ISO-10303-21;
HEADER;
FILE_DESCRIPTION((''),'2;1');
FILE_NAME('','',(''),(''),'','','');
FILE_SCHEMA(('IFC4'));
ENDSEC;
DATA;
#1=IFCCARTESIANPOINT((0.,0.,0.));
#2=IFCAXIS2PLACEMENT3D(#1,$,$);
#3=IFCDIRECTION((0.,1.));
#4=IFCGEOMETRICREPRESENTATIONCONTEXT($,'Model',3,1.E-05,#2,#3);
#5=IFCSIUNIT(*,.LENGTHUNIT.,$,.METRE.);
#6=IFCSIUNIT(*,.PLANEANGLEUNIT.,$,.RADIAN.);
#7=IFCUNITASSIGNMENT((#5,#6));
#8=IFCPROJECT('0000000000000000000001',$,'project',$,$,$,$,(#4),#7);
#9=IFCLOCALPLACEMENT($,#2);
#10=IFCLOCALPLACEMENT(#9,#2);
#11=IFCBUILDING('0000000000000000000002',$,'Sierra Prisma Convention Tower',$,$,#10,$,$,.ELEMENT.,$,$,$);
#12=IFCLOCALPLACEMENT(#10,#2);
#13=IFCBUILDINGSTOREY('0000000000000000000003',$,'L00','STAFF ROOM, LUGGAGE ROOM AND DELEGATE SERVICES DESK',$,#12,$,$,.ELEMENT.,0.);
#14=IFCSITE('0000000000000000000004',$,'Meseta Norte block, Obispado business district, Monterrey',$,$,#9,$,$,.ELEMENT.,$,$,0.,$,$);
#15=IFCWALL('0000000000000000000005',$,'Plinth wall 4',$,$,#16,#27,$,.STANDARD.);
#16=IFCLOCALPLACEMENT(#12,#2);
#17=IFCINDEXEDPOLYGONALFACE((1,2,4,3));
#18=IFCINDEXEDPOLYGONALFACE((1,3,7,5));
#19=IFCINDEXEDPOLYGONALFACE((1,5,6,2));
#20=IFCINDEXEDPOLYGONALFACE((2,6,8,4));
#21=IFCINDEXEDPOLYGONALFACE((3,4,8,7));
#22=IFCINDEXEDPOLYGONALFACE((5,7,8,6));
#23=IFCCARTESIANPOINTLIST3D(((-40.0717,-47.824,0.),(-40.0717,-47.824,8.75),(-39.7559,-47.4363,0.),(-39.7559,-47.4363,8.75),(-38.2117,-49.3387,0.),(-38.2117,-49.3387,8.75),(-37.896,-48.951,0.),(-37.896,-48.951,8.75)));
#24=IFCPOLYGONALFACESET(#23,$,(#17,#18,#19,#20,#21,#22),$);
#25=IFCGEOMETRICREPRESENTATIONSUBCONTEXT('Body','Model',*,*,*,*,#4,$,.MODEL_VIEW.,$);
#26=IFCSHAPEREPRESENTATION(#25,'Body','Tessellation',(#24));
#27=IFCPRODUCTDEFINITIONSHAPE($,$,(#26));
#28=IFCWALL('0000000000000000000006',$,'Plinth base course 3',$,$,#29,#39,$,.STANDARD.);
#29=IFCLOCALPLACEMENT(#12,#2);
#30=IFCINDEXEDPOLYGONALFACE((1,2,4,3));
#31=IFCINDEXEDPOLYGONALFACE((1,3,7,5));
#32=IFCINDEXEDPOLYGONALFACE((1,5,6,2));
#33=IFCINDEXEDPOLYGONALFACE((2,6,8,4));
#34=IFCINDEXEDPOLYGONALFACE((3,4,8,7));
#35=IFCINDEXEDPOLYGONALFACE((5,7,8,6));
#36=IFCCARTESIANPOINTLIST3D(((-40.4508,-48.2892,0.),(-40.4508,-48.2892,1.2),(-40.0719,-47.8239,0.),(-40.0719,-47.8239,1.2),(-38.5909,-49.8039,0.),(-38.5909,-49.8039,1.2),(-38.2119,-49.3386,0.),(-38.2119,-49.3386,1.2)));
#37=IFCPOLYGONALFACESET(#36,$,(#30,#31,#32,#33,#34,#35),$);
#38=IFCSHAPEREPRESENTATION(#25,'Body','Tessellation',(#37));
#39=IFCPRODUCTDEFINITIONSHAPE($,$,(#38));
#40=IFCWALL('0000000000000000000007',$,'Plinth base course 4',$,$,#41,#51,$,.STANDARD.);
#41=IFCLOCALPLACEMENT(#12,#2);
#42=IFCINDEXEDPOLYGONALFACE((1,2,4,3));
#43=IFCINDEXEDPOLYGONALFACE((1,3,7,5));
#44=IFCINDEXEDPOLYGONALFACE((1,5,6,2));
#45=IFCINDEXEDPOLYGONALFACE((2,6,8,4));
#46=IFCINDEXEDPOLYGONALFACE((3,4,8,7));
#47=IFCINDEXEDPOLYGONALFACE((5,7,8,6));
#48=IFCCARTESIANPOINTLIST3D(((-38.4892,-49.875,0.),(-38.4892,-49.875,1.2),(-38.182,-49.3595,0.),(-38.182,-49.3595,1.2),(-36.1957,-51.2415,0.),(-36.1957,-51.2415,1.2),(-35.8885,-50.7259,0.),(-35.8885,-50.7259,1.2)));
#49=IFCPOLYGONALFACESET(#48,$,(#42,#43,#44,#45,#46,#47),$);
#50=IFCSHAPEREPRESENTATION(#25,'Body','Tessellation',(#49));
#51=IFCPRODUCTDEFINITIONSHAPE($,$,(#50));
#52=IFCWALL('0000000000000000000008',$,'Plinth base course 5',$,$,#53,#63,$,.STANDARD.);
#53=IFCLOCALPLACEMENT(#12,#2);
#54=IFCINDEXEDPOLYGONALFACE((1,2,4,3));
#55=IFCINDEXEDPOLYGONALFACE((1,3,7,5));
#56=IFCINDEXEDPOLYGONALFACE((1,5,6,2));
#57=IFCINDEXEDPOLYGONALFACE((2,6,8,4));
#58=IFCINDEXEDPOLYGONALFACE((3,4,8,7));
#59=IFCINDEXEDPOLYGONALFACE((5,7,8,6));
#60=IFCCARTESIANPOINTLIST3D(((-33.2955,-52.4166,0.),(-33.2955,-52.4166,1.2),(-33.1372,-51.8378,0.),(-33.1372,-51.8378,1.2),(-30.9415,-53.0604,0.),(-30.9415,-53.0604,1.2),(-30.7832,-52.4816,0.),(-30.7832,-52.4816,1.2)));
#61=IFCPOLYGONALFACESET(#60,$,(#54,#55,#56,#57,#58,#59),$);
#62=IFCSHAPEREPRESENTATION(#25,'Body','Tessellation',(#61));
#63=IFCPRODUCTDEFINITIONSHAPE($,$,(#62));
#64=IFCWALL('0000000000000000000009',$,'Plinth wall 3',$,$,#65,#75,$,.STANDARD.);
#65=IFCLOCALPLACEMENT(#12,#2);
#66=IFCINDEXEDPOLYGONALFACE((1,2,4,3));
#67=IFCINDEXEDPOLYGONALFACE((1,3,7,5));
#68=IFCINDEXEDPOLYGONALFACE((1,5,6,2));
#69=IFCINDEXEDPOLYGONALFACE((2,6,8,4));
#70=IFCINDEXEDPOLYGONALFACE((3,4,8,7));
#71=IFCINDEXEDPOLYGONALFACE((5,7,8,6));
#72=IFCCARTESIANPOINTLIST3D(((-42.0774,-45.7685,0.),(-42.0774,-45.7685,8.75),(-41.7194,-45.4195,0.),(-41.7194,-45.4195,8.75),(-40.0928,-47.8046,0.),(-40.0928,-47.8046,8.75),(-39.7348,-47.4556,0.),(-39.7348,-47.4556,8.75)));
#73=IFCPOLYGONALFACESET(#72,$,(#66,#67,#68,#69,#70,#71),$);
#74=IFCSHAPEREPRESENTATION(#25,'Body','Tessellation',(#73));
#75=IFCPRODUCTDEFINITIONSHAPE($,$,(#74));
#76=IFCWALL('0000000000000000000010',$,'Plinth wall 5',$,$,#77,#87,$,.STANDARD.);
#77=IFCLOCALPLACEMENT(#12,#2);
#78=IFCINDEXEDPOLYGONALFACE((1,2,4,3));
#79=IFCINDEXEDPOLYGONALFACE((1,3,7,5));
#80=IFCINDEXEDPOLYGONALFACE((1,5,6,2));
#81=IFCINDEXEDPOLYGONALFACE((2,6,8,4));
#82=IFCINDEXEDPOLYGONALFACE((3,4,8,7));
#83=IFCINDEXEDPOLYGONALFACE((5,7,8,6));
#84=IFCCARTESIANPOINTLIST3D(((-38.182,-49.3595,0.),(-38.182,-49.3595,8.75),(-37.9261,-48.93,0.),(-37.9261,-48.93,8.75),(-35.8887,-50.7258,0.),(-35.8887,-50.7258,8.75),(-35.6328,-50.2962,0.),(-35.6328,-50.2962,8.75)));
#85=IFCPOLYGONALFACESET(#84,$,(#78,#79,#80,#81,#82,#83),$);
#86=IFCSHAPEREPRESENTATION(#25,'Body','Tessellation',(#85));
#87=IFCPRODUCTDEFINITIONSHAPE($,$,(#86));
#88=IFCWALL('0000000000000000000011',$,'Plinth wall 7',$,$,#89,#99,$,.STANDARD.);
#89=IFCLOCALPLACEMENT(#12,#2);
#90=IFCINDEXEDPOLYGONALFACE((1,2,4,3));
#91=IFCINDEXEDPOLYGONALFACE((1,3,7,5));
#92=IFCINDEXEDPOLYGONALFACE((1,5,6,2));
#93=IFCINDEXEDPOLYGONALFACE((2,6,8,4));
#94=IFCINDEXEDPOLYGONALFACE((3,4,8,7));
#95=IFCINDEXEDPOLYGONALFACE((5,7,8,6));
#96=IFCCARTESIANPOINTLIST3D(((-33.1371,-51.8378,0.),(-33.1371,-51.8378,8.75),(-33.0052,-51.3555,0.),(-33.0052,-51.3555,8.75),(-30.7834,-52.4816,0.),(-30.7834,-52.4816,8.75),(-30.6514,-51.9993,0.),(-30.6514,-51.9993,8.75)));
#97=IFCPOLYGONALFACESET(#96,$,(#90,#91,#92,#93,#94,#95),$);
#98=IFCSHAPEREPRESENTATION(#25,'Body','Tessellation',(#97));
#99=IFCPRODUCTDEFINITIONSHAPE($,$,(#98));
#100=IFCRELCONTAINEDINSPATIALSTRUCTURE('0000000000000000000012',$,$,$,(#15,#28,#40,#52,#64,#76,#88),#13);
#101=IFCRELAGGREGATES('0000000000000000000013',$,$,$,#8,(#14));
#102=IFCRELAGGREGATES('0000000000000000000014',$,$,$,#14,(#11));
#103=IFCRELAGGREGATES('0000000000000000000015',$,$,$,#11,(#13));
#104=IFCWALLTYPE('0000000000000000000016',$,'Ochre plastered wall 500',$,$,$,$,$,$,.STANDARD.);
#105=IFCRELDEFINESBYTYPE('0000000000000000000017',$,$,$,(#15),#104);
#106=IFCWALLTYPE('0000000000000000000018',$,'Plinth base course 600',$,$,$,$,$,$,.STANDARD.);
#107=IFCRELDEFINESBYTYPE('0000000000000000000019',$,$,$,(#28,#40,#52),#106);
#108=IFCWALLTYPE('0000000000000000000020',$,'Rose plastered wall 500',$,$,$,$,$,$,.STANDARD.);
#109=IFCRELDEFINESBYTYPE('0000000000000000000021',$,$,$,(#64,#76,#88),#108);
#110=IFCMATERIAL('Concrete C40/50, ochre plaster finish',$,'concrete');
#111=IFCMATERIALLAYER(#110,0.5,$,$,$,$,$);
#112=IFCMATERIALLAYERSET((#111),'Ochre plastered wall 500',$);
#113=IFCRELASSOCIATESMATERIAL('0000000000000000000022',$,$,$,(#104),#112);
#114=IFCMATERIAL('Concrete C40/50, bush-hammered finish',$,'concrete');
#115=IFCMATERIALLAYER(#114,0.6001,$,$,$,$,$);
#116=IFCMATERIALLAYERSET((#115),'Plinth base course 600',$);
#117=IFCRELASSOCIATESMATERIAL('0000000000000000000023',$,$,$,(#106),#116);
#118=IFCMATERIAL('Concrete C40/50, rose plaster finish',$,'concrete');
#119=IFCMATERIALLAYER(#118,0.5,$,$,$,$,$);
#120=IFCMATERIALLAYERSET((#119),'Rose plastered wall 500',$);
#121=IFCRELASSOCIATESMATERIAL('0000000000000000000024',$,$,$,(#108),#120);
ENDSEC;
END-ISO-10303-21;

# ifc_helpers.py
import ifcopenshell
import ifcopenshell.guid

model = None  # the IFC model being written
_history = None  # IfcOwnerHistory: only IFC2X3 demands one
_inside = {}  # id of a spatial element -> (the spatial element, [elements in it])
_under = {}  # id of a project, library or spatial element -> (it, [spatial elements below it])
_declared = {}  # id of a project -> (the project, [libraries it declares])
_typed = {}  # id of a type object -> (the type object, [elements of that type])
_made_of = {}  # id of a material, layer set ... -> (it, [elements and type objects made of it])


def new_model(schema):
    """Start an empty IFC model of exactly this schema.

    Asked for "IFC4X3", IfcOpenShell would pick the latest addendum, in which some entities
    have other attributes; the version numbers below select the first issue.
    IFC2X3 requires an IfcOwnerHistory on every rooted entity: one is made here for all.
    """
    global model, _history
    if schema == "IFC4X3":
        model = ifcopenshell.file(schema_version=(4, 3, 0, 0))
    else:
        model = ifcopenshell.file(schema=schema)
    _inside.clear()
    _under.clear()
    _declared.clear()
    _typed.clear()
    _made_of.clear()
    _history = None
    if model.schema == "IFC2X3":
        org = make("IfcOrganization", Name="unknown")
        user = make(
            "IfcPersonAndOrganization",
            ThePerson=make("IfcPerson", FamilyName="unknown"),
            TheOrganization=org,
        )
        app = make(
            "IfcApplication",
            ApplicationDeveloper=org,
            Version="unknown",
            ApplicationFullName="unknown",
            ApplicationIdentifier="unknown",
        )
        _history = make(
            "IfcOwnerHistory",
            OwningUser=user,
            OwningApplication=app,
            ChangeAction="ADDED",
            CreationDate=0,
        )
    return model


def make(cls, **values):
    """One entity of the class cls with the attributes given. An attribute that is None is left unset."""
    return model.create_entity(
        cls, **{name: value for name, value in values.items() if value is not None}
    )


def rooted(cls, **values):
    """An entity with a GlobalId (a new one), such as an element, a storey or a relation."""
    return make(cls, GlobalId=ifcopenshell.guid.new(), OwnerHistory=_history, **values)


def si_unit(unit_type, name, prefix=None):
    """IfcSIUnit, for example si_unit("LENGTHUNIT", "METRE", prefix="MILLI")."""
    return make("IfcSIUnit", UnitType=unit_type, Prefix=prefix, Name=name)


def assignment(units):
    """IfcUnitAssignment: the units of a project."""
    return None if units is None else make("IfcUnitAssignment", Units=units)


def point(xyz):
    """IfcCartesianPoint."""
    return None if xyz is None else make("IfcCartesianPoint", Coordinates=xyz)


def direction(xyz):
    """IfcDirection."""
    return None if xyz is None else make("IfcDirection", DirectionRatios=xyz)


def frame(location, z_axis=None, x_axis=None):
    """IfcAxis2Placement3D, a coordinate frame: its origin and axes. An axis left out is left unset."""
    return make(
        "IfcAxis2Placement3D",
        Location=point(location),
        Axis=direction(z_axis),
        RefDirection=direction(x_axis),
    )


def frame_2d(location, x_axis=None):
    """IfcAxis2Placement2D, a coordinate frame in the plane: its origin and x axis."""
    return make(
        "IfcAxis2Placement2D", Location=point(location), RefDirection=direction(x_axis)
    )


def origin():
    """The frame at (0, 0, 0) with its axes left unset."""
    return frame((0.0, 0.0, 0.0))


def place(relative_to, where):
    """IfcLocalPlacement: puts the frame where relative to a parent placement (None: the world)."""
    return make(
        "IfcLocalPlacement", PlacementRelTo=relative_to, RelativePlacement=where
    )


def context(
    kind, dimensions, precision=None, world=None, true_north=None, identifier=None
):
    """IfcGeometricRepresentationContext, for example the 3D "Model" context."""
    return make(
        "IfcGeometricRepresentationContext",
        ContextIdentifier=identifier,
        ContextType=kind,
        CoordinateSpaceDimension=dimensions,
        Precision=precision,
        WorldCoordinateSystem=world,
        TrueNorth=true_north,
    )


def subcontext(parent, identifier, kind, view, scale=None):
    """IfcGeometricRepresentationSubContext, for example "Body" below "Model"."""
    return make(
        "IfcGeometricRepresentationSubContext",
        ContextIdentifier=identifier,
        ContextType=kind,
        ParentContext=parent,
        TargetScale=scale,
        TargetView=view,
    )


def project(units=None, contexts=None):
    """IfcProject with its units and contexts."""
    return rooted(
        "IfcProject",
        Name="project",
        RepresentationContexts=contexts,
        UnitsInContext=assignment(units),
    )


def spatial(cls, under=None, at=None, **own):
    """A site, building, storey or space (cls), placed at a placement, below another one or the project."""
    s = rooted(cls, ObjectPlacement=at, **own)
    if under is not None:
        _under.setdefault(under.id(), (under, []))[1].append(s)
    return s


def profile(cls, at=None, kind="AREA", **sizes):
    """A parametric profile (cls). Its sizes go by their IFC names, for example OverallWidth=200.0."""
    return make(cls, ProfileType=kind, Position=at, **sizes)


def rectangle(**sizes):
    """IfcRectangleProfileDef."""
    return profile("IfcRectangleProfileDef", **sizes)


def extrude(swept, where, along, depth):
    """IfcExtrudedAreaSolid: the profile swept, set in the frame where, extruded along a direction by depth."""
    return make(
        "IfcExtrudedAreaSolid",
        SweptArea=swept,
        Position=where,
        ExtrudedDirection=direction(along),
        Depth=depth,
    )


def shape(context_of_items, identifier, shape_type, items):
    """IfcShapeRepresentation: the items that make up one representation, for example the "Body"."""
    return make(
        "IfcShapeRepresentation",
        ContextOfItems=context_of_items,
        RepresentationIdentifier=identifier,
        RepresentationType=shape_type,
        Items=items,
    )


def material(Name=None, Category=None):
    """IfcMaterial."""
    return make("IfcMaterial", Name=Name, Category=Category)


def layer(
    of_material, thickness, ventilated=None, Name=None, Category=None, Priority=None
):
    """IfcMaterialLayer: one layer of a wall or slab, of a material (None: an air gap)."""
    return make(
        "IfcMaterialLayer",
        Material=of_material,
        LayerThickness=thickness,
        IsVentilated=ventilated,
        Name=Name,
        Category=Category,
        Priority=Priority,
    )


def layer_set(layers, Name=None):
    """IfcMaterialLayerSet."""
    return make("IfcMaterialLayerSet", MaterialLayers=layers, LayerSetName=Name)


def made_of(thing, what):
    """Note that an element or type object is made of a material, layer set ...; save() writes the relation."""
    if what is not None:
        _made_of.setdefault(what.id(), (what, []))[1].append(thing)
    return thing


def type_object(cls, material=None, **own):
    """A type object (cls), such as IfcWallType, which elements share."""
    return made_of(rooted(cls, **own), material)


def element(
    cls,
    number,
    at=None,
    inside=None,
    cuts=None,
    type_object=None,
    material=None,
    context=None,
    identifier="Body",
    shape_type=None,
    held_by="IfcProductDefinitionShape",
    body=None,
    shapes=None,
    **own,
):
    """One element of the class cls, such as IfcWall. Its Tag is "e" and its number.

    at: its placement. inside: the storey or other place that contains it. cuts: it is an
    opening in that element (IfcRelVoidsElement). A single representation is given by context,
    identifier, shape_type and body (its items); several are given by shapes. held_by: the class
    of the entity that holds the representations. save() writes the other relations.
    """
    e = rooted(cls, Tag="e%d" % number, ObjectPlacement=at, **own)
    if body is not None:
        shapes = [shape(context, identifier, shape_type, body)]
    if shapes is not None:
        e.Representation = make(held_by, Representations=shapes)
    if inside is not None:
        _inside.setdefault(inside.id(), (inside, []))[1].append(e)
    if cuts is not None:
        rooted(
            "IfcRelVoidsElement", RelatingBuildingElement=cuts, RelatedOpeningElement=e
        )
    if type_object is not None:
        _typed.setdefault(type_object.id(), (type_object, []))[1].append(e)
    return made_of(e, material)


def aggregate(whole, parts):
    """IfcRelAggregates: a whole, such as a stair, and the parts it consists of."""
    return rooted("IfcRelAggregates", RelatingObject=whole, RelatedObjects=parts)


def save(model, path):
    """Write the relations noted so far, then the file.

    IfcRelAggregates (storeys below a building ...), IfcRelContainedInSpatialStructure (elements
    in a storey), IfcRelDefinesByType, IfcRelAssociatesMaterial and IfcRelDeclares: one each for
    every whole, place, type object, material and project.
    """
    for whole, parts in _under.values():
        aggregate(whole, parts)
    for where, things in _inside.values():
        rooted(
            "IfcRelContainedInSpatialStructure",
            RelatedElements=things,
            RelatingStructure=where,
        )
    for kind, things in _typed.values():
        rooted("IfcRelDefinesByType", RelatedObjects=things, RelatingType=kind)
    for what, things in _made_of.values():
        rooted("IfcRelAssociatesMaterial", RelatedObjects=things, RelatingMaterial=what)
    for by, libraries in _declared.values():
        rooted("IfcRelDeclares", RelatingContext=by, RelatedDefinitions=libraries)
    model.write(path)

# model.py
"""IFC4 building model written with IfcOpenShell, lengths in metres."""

from ifc_helpers import new_model, si_unit, direction, frame, frame_2d, origin, place, context, subcontext, project, spatial, rectangle, extrude, material, layer, layer_set, type_object, element, save


model = new_model("IFC4")

# Units and contexts
model_context = context("Model", 3, precision=1e-05, world=origin(), true_north=direction((0.0, 1.0)))
body_context = subcontext(model_context, "Body", "Model", "MODEL_VIEW")
ifc_project = project(units=[si_unit("LENGTHUNIT", "METRE"), si_unit("PLANEANGLEUNIT", "RADIAN")], contexts=[model_context])

# Site, building, storey
site_placement = place(None, origin())
site = spatial("IfcSite", under=ifc_project, at=site_placement, Name="Meseta Norte block, Obispado business district, Monterrey", CompositionType="ELEMENT", RefElevation=0.0)
building_placement = place(site_placement, origin())
building = spatial("IfcBuilding", under=site, at=building_placement, Name="Sierra Prisma Convention Tower", CompositionType="ELEMENT")
storey_placement = place(building_placement, origin())
storey = spatial("IfcBuildingStorey", under=building, at=storey_placement, Name="L00", Description="STAFF ROOM, LUGGAGE ROOM AND DELEGATE SERVICES DESK", CompositionType="ELEMENT", Elevation=0.0)

# Wall
ifc_material_1 = material(Name="Concrete C40/50, ochre plaster finish", Category="concrete")
ifc_layer_1 = layer(ifc_material_1, 0.5)
ifc_layer_set_1 = layer_set([ifc_layer_1], Name="Ochre plastered wall 500")
wall_type_1 = type_object("IfcWallType", Name="Ochre plastered wall 500", PredefinedType="STANDARD", material=ifc_layer_set_1)
wall_1_placement = place(storey_placement, frame((-38.054, -49.1448, 0.0), z_axis=(0.0, 0.0, 1.0), x_axis=(-0.775397, 0.631474, 0.0)))
element("IfcWall", 1, at=wall_1_placement, inside=storey, type_object=wall_type_1, Name="Plinth wall 4", PredefinedType="STANDARD", context=body_context, shape_type="SweptSolid", body=[
    extrude(rectangle(XDim=2.3987, YDim=0.5, at=frame_2d((1.1992, 0.0))), origin(), (0.0, 0.0, 1.0), 8.75),
])

# Walls
ifc_material_2 = material(Name="Concrete C40/50, bush-hammered finish", Category="concrete")
ifc_layer_2 = layer(ifc_material_2, 0.6001)
ifc_layer_set_2 = layer_set([ifc_layer_2], Name="Plinth base course 600")
wall_type_2 = type_object("IfcWallType", Name="Plinth base course 600", PredefinedType="STANDARD", material=ifc_layer_set_2)
wall_2_placement = place(storey_placement, frame((-40.2612, -48.0566, 0.0), z_axis=(0.0, 0.0, 1.0), x_axis=(0.775397, -0.631474, 0.0)))
element("IfcWall", 2, at=wall_2_placement, inside=storey, type_object=wall_type_2, Name="Plinth base course 3", PredefinedType="STANDARD", context=body_context, shape_type="SweptSolid", body=[
    extrude(rectangle(XDim=2.3987, YDim=0.6001, at=frame_2d((1.1992, 0.0))), origin(), (0.0, 0.0, 1.0), 1.2),
])
wall_3_placement = place(storey_placement, frame((-38.3357, -49.6172, 0.0), z_axis=(0.0, 0.0, 1.0), x_axis=(0.859078, -0.511844, 0.0)))
element("IfcWall", 3, at=wall_3_placement, inside=storey, type_object=wall_type_2, Name="Plinth base course 4", PredefinedType="STANDARD", context=body_context, shape_type="SweptSolid", body=[
    extrude(rectangle(XDim=2.6697, YDim=0.6001, at=frame_2d((1.335, 0.0))), origin(), (0.0, 0.0, 1.0), 1.2),
])
wall_4_placement = place(storey_placement, frame((-33.2163, -52.1272, 0.0), z_axis=(0.0, 0.0, 1.0), x_axis=(0.964577, -0.263803, 0.0)))
element("IfcWall", 4, at=wall_4_placement, inside=storey, type_object=wall_type_2, Name="Plinth base course 5", PredefinedType="STANDARD", context=body_context, shape_type="SweptSolid", body=[
    extrude(rectangle(XDim=2.4404, YDim=0.6001, at=frame_2d((1.2202, 0.0))), origin(), (0.0, 0.0, 1.0), 1.2),
])
ifc_material_3 = material(Name="Concrete C40/50, rose plaster finish", Category="concrete")
ifc_layer_3 = layer(ifc_material_3, 0.5)
ifc_layer_set_3 = layer_set([ifc_layer_3], Name="Rose plastered wall 500")
wall_type_3 = type_object("IfcWallType", Name="Rose plastered wall 500", PredefinedType="STANDARD", material=ifc_layer_set_3)
wall_5_placement = place(storey_placement, frame((-39.9138, -47.6301, 0.0), z_axis=(0.0, 0.0, 1.0), x_axis=(-0.69799, 0.716107, 0.0)))
element("IfcWall", 5, at=wall_5_placement, inside=storey, type_object=wall_type_3, Name="Plinth wall 3", PredefinedType="STANDARD", context=body_context, shape_type="SweptSolid", body=[
    extrude(rectangle(XDim=2.8433, YDim=0.5, at=frame_2d((1.4216, 0.0))), origin(), (0.0, 0.0, 1.0), 8.75),
])
wall_6_placement = place(storey_placement, frame((-35.7607, -50.511, 0.0), z_axis=(0.0, 0.0, 1.0), x_axis=(-0.859095, 0.511817, 0.0)))
element("IfcWall", 6, at=wall_6_placement, inside=storey, type_object=wall_type_3, Name="Plinth wall 5", PredefinedType="STANDARD", context=body_context, shape_type="SweptSolid", body=[
    extrude(rectangle(XDim=2.6694, YDim=0.5, at=frame_2d((1.3347, 0.0))), origin(), (0.0, 0.0, 1.0), 8.75),
])
wall_7_placement = place(storey_placement, frame((-30.7173, -52.2405, 0.0), z_axis=(0.0, 0.0, 1.0), x_axis=(-0.96457, 0.263828, 0.0)))
element("IfcWall", 7, at=wall_7_placement, inside=storey, type_object=wall_type_3, Name="Plinth wall 7", PredefinedType="STANDARD", context=body_context, shape_type="SweptSolid", body=[
    extrude(rectangle(XDim=2.4402, YDim=0.5, at=frame_2d((1.2202, 0.0))), origin(), (0.0, 0.0, 1.0), 8.75),
])

save(model, "model.ifc")
